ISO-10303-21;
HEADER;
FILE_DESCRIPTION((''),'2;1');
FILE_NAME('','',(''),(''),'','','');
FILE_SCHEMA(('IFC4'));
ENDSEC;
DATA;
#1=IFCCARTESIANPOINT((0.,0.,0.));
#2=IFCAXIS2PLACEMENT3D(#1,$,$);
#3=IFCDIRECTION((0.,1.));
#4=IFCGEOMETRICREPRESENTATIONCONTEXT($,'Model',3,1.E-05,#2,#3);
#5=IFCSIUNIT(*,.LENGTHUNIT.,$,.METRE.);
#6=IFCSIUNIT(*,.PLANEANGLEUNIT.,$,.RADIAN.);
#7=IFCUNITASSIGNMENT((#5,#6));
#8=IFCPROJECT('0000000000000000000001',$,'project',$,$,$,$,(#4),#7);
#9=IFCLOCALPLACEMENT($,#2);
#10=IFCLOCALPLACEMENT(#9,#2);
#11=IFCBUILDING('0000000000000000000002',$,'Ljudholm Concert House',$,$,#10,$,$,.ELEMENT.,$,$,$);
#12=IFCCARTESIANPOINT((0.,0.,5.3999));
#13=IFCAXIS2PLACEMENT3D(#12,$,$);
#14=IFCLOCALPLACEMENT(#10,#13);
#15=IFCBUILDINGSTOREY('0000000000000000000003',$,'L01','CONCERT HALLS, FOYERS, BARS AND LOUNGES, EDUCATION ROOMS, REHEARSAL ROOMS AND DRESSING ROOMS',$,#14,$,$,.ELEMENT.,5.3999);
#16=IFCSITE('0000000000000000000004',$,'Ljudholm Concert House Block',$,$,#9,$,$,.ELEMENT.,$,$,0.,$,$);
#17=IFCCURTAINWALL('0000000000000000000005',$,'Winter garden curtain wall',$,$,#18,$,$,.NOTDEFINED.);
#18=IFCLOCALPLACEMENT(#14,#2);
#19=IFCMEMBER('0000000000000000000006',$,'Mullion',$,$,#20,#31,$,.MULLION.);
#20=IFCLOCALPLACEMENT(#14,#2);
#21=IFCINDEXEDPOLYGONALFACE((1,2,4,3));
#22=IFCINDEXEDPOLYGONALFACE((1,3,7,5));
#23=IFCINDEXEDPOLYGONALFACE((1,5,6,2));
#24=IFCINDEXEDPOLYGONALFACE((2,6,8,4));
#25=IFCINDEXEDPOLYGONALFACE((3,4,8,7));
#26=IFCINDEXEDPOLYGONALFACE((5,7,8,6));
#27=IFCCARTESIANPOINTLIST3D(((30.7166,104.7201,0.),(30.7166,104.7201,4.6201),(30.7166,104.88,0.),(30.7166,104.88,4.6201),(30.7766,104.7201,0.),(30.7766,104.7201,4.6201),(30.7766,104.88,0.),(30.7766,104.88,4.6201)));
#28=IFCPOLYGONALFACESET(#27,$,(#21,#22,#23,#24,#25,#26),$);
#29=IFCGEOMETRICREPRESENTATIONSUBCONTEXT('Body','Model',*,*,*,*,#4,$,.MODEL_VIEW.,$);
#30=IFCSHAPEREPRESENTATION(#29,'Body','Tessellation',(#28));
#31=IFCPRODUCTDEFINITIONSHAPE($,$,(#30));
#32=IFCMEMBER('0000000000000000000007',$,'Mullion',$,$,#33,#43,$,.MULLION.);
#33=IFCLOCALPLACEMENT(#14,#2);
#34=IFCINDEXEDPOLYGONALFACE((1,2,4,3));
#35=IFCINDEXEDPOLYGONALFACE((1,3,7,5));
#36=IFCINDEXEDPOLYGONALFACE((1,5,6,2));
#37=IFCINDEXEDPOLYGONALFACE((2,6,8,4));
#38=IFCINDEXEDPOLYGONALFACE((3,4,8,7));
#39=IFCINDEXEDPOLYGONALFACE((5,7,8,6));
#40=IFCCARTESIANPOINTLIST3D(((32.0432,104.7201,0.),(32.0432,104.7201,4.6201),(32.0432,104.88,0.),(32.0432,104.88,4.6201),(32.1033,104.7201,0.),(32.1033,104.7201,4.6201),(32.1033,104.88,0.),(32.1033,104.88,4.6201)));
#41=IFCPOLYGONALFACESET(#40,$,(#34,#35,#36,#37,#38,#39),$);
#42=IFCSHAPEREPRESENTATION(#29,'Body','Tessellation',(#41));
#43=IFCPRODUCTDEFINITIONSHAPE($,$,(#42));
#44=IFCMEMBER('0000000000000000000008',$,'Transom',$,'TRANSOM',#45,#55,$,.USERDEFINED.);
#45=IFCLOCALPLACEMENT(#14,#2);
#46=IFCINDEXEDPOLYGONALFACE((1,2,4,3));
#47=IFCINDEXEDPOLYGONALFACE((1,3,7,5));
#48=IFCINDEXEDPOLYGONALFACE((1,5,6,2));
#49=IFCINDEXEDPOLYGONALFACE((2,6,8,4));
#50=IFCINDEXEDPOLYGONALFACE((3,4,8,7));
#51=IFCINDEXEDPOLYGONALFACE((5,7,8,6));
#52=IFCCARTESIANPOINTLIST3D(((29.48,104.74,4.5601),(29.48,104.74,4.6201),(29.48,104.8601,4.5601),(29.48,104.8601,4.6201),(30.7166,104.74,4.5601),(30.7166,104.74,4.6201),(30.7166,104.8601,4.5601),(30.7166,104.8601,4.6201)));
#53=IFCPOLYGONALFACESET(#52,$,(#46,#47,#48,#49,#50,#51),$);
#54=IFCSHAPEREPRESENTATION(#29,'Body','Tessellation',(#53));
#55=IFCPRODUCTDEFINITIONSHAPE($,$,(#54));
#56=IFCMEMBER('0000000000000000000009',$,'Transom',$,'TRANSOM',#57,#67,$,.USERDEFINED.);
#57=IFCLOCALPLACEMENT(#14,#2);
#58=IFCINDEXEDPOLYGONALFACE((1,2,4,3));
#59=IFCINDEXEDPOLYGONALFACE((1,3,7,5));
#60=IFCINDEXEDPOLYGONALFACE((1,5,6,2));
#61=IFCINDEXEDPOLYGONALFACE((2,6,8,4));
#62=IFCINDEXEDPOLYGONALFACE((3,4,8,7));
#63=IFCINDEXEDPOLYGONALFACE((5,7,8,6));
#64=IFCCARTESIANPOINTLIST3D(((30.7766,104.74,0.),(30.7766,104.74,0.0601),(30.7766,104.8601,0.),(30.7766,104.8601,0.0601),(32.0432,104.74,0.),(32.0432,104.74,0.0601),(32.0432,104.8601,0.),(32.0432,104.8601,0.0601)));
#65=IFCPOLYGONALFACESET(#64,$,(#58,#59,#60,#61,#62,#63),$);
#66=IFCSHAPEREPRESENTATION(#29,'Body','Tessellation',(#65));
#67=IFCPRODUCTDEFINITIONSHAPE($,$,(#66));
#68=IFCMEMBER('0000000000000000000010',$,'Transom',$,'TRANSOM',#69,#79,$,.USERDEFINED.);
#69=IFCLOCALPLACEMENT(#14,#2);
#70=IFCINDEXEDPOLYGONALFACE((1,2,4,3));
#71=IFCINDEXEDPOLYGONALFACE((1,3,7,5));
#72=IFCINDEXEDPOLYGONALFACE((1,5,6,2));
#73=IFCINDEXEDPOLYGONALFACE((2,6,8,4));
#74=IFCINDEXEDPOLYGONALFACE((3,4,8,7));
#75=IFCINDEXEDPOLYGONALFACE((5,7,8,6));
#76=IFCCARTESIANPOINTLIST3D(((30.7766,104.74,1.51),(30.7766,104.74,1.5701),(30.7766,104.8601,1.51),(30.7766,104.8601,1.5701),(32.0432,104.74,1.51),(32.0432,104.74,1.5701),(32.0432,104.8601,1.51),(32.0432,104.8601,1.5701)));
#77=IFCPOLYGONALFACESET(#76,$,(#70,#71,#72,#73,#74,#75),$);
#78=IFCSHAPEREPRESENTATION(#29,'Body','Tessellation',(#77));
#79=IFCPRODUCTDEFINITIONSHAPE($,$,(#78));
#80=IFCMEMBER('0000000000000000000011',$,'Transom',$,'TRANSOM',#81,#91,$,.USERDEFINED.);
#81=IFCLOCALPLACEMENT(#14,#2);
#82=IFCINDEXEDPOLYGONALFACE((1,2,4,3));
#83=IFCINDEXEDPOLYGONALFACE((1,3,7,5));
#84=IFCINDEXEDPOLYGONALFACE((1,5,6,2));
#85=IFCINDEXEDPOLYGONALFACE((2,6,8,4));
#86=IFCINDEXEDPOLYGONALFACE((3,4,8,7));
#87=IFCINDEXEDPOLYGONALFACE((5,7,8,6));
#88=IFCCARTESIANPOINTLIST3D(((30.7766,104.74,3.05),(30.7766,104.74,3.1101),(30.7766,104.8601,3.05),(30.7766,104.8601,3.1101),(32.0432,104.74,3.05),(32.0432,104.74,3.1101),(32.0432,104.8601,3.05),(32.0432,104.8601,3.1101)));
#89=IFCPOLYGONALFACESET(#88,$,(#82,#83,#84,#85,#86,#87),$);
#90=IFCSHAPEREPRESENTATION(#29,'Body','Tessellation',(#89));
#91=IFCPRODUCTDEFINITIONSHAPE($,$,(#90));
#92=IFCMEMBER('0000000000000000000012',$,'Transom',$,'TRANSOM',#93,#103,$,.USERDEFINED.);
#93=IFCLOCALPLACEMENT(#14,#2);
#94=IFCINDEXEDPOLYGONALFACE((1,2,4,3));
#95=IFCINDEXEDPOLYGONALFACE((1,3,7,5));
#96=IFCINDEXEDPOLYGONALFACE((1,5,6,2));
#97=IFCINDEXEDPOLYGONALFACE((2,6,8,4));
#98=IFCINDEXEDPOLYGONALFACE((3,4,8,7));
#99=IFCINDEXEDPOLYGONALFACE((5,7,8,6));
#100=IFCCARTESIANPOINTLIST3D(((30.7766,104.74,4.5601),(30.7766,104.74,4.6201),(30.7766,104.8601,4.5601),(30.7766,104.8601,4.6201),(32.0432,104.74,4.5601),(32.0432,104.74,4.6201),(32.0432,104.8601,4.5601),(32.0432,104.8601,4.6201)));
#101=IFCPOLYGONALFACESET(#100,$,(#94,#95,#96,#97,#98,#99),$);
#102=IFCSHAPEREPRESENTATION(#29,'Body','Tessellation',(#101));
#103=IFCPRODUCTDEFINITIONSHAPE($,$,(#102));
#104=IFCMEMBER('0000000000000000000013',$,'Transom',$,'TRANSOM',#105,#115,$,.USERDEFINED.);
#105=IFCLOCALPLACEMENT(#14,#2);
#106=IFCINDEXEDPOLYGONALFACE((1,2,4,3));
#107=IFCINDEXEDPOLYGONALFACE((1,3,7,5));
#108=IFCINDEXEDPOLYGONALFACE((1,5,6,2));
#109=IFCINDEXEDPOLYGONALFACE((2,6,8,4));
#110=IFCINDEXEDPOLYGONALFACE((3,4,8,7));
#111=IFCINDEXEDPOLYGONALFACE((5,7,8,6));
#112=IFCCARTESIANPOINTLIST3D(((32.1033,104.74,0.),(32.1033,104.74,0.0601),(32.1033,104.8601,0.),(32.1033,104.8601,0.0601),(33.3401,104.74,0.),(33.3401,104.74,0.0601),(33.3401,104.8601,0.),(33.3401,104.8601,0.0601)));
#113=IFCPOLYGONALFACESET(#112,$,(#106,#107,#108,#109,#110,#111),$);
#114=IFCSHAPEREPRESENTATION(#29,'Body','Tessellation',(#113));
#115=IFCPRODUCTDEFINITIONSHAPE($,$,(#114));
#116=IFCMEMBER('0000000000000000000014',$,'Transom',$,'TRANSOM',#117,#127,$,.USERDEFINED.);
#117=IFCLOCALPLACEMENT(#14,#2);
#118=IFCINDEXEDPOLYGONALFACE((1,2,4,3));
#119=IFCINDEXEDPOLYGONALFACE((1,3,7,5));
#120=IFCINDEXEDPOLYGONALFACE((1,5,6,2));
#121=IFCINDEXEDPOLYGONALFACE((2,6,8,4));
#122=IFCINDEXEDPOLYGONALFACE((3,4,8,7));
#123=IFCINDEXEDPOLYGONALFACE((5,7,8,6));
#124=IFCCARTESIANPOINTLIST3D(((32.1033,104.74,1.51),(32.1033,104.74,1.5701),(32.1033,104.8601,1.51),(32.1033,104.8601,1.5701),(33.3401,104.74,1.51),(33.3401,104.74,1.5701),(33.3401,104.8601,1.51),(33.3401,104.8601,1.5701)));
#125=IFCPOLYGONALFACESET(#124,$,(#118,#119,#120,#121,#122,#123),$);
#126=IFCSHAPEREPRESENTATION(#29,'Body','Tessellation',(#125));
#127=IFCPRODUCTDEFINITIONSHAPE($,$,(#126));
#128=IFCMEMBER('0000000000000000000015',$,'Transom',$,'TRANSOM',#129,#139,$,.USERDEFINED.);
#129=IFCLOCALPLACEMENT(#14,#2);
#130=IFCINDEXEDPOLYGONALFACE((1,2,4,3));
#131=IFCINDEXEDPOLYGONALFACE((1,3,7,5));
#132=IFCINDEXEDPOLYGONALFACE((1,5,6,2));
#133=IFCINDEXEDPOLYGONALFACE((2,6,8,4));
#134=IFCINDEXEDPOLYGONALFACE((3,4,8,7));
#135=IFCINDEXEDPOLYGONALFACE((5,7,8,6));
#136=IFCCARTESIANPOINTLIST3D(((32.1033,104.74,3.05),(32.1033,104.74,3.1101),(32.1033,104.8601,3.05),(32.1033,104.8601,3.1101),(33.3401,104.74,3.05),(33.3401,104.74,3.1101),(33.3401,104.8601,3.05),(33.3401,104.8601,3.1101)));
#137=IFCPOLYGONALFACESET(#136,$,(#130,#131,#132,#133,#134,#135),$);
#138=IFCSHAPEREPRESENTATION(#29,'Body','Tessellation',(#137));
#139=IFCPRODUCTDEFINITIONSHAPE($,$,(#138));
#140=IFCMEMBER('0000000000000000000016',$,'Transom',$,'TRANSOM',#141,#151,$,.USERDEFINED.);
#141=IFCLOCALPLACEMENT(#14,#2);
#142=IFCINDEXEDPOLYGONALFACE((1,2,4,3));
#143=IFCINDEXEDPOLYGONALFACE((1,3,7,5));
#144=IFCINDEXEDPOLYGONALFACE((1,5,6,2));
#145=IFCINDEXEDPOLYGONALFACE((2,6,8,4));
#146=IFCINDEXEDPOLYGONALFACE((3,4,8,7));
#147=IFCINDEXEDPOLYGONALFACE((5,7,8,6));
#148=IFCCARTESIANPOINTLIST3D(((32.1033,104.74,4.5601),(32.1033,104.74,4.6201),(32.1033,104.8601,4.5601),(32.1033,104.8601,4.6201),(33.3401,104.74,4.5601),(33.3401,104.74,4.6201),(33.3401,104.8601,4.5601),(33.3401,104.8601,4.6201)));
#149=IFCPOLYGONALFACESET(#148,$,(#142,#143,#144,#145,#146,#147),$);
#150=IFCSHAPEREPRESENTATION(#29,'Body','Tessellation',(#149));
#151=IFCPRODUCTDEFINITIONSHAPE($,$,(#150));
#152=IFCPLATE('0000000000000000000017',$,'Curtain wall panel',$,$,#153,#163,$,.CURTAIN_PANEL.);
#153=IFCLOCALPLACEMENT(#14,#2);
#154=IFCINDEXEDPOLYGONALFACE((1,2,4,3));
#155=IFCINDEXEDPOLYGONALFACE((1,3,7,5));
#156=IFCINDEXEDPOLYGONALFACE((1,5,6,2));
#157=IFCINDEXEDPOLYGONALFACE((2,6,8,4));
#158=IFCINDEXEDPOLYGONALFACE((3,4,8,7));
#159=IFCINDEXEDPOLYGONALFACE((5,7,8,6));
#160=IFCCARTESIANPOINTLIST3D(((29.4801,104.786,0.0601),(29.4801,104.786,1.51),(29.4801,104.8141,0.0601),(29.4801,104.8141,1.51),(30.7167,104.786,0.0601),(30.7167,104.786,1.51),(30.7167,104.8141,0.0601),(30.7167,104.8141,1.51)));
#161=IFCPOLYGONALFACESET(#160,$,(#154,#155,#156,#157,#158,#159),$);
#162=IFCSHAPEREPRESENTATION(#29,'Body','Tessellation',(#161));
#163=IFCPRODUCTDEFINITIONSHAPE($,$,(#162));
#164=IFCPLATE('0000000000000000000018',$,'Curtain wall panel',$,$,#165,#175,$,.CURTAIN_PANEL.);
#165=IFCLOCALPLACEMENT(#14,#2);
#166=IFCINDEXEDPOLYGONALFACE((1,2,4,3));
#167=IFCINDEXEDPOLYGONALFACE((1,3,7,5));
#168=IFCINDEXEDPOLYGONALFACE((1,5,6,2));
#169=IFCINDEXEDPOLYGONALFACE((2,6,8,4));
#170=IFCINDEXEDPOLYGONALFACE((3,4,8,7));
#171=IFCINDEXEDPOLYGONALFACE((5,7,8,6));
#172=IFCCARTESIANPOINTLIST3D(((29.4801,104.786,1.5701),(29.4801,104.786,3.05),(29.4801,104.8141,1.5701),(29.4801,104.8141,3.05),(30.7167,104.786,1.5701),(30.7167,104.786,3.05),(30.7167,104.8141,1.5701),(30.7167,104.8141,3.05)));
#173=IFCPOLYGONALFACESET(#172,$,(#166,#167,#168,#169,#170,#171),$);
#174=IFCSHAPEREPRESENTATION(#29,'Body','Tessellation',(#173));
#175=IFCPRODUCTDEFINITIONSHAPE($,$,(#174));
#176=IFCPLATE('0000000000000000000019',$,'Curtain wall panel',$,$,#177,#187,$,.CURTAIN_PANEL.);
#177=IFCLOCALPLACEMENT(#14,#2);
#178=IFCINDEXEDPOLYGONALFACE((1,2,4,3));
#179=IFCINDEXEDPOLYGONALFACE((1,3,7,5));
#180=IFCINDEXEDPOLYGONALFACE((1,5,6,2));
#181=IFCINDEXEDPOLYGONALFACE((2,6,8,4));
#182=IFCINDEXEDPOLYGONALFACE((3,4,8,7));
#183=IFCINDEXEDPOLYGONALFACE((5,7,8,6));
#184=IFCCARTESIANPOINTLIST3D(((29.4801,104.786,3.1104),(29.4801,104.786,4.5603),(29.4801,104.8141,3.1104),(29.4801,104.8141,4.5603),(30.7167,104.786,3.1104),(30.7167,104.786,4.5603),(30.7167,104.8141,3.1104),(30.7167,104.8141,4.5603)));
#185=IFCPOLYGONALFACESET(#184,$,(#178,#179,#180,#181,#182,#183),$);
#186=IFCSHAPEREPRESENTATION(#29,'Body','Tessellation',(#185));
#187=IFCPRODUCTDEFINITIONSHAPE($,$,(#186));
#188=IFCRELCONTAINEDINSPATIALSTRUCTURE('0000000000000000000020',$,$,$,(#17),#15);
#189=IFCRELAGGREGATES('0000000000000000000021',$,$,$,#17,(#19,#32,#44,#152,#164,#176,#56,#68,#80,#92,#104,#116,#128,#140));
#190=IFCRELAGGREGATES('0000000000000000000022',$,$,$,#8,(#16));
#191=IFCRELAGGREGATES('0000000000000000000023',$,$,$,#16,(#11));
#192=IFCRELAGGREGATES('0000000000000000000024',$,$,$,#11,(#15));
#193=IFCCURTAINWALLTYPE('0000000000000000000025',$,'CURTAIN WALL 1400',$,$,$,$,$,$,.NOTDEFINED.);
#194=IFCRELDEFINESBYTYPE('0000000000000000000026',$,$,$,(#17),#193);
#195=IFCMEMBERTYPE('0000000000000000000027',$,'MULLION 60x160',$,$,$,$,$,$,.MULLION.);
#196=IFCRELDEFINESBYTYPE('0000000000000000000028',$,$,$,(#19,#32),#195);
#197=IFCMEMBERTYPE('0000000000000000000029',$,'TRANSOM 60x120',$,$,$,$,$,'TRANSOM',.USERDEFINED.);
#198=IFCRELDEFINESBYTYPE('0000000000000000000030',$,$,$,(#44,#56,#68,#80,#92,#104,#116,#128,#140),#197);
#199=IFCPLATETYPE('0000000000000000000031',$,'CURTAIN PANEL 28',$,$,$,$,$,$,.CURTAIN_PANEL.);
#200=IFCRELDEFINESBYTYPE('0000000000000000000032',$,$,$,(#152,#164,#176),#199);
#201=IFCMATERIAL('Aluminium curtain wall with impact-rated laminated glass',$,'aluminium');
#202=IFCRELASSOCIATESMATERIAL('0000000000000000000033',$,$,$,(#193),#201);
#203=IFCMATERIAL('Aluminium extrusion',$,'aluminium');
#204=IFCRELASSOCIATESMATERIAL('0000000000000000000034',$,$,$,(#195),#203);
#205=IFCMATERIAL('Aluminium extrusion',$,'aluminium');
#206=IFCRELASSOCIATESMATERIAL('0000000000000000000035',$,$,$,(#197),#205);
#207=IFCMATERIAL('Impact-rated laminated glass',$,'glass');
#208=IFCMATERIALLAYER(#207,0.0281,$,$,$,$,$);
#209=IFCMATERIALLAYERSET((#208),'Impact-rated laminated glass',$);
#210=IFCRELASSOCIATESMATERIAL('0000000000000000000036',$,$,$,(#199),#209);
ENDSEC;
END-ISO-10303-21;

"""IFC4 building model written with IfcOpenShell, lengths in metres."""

from ifc_helpers import new_model, si_unit, direction, frame, origin, origin_2d, place, context, subcontext, project, spatial, rectangle, extrude, material, layer, layer_set, material_profile, profile_set, type_object, element, aggregate, save


model = new_model("IFC4")

# Units and contexts
model_context = context("Model", 3, precision=1e-05, world=origin(), true_north=direction((0.0, 1.0)))
body_context = subcontext(model_context, "Body", "Model", "MODEL_VIEW")
ifc_project = project(units=[si_unit("LENGTHUNIT", "METRE"), si_unit("PLANEANGLEUNIT", "RADIAN")], contexts=[model_context])

# Site, building, storey
site_placement = place(None, origin())
site = spatial("IfcSite", under=ifc_project, at=site_placement, Name="Ljudholm Concert House Block", CompositionType="ELEMENT", RefElevation=0.0)
building_placement = place(site_placement, origin())
building = spatial("IfcBuilding", under=site, at=building_placement, Name="Ljudholm Concert House", CompositionType="ELEMENT")
storey_placement = place(building_placement, frame((0.0, 0.0, 5.3999)))
storey = spatial("IfcBuildingStorey", under=building, at=storey_placement, Name="L01", Description="CONCERT HALLS, FOYERS, BARS AND LOUNGES, EDUCATION ROOMS, REHEARSAL ROOMS AND DRESSING ROOMS", CompositionType="ELEMENT", Elevation=5.3999)

# Curtain wall, members, plates
ifc_material_1 = material(Name="Aluminium curtain wall with impact-rated laminated glass", Category="aluminium")
curtain_wall_type = type_object("IfcCurtainWallType", Name="CURTAIN WALL 1400", PredefinedType="NOTDEFINED", material=ifc_material_1)
curtain_wall_placement = place(storey_placement, origin())
curtain_wall = element("IfcCurtainWall", 1, at=curtain_wall_placement, inside=storey, type_object=curtain_wall_type, Name="Winter garden curtain wall", PredefinedType="NOTDEFINED")
ifc_material_2 = material(Name="Aluminium extrusion", Category="aluminium")
ifc_material_profile_1 = material_profile(ifc_material_2, rectangle(XDim=0.1599, YDim=0.0601, at=origin_2d()), Name="MULLION 60x160")
ifc_profile_set_1 = profile_set([ifc_material_profile_1], Name="Aluminium extrusion")
member_type_1 = type_object("IfcMemberType", Name="MULLION 60x160", PredefinedType="MULLION", material=ifc_profile_set_1)
member_1_placement = place(storey_placement, frame((30.7466, 104.8, 0.0), z_axis=(0.0, 0.0, 1.0), x_axis=(0.0, 1.0, 0.0)))
member_1 = element("IfcMember", 2, at=member_1_placement, type_object=member_type_1, Name="Mullion", PredefinedType="MULLION", context=body_context, shape_type="SweptSolid", body=[
    extrude(rectangle(XDim=0.1599, YDim=0.0601, at=origin_2d()), origin(), (0.0, 0.0, 1.0), 4.6201),
])
member_2_placement = place(storey_placement, frame((32.0732, 104.8, 0.0), z_axis=(0.0, 0.0, 1.0), x_axis=(0.0, 1.0, 0.0)))
member_2 = element("IfcMember", 3, at=member_2_placement, type_object=member_type_1, Name="Mullion", PredefinedType="MULLION", context=body_context, shape_type="SweptSolid", body=[
    extrude(rectangle(XDim=0.1599, YDim=0.0601, at=origin_2d()), origin(), (0.0, 0.0, 1.0), 4.6201),
])
ifc_material_3 = material(Name="Aluminium extrusion", Category="aluminium")
ifc_material_profile_2 = material_profile(ifc_material_3, rectangle(XDim=0.1201, YDim=0.0601, at=origin_2d()), Name="TRANSOM 60x120")
ifc_profile_set_2 = profile_set([ifc_material_profile_2], Name="Aluminium extrusion")
member_type_2 = type_object("IfcMemberType", Name="TRANSOM 60x120", ElementType="TRANSOM", PredefinedType="USERDEFINED", material=ifc_profile_set_2)
member_3_placement = place(storey_placement, frame((29.48, 104.8, 4.5901), z_axis=(1.0, 0.0, 0.0), x_axis=(0.0, 1.0, 0.0)))
member_3 = element("IfcMember", 4, at=member_3_placement, type_object=member_type_2, Name="Transom", ObjectType="TRANSOM", PredefinedType="USERDEFINED", context=body_context, shape_type="SweptSolid", body=[
    extrude(rectangle(XDim=0.1201, YDim=0.0601, at=origin_2d()), origin(), (0.0, 0.0, 1.0), 1.2366),
])
member_4_placement = place(storey_placement, frame((30.7766, 104.8, 0.03), z_axis=(1.0, 0.0, 0.0), x_axis=(0.0, 1.0, 0.0)))
member_4 = element("IfcMember", 5, at=member_4_placement, type_object=member_type_2, Name="Transom", ObjectType="TRANSOM", PredefinedType="USERDEFINED", context=body_context, shape_type="SweptSolid", body=[
    extrude(rectangle(XDim=0.1201, YDim=0.0601, at=origin_2d()), origin(), (0.0, 0.0, 1.0), 1.2666),
])
member_5_placement = place(storey_placement, frame((30.7766, 104.8, 1.54), z_axis=(1.0, 0.0, 0.0), x_axis=(0.0, 1.0, 0.0)))
member_5 = element("IfcMember", 6, at=member_5_placement, type_object=member_type_2, Name="Transom", ObjectType="TRANSOM", PredefinedType="USERDEFINED", context=body_context, shape_type="SweptSolid", body=[
    extrude(rectangle(XDim=0.1201, YDim=0.0601, at=origin_2d()), origin(), (0.0, 0.0, 1.0), 1.2666),
])
member_6_placement = place(storey_placement, frame((30.7766, 104.8, 3.0801), z_axis=(1.0, 0.0, 0.0), x_axis=(0.0, 1.0, 0.0)))
member_6 = element("IfcMember", 7, at=member_6_placement, type_object=member_type_2, Name="Transom", ObjectType="TRANSOM", PredefinedType="USERDEFINED", context=body_context, shape_type="SweptSolid", body=[
    extrude(rectangle(XDim=0.1201, YDim=0.0601, at=origin_2d()), origin(), (0.0, 0.0, 1.0), 1.2666),
])
member_7_placement = place(storey_placement, frame((30.7766, 104.8, 4.5901), z_axis=(1.0, 0.0, 0.0), x_axis=(0.0, 1.0, 0.0)))
member_7 = element("IfcMember", 8, at=member_7_placement, type_object=member_type_2, Name="Transom", ObjectType="TRANSOM", PredefinedType="USERDEFINED", context=body_context, shape_type="SweptSolid", body=[
    extrude(rectangle(XDim=0.1201, YDim=0.0601, at=origin_2d()), origin(), (0.0, 0.0, 1.0), 1.2666),
])
member_8_placement = place(storey_placement, frame((32.1033, 104.8, 0.03), z_axis=(1.0, 0.0, 0.0), x_axis=(0.0, 1.0, 0.0)))
member_8 = element("IfcMember", 9, at=member_8_placement, type_object=member_type_2, Name="Transom", ObjectType="TRANSOM", PredefinedType="USERDEFINED", context=body_context, shape_type="SweptSolid", body=[
    extrude(rectangle(XDim=0.1201, YDim=0.0601, at=origin_2d()), origin(), (0.0, 0.0, 1.0), 1.2368),
])
member_9_placement = place(storey_placement, frame((32.1033, 104.8, 1.54), z_axis=(1.0, 0.0, 0.0), x_axis=(0.0, 1.0, 0.0)))
member_9 = element("IfcMember", 10, at=member_9_placement, type_object=member_type_2, Name="Transom", ObjectType="TRANSOM", PredefinedType="USERDEFINED", context=body_context, shape_type="SweptSolid", body=[
    extrude(rectangle(XDim=0.1201, YDim=0.0601, at=origin_2d()), origin(), (0.0, 0.0, 1.0), 1.2368),
])
member_10_placement = place(storey_placement, frame((32.1033, 104.8, 3.0801), z_axis=(1.0, 0.0, 0.0), x_axis=(0.0, 1.0, 0.0)))
member_10 = element("IfcMember", 11, at=member_10_placement, type_object=member_type_2, Name="Transom", ObjectType="TRANSOM", PredefinedType="USERDEFINED", context=body_context, shape_type="SweptSolid", body=[
    extrude(rectangle(XDim=0.1201, YDim=0.0601, at=origin_2d()), origin(), (0.0, 0.0, 1.0), 1.2368),
])
member_11_placement = place(storey_placement, frame((32.1033, 104.8, 4.5901), z_axis=(1.0, 0.0, 0.0), x_axis=(0.0, 1.0, 0.0)))
member_11 = element("IfcMember", 12, at=member_11_placement, type_object=member_type_2, Name="Transom", ObjectType="TRANSOM", PredefinedType="USERDEFINED", context=body_context, shape_type="SweptSolid", body=[
    extrude(rectangle(XDim=0.1201, YDim=0.0601, at=origin_2d()), origin(), (0.0, 0.0, 1.0), 1.2368),
])
ifc_material_4 = material(Name="Impact-rated laminated glass", Category="glass")
ifc_layer = layer(ifc_material_4, 0.0281)
ifc_layer_set = layer_set([ifc_layer], Name="Impact-rated laminated glass")
plate_type = type_object("IfcPlateType", Name="CURTAIN PANEL 28", PredefinedType="CURTAIN_PANEL", material=ifc_layer_set)
plate_1_placement = place(storey_placement, frame((30.0984, 104.8, 0.0601), z_axis=(0.0, 0.0, 1.0), x_axis=(1.0, 0.0, 0.0)))
plate_1 = element("IfcPlate", 13, at=plate_1_placement, type_object=plate_type, Name="Curtain wall panel", PredefinedType="CURTAIN_PANEL", context=body_context, shape_type="SweptSolid", body=[
    extrude(rectangle(XDim=1.2366, YDim=0.0281, at=origin_2d()), origin(), (0.0, 0.0, 1.0), 1.45),
])
plate_2_placement = place(storey_placement, frame((30.0984, 104.8, 1.5701), z_axis=(0.0, 0.0, 1.0), x_axis=(1.0, 0.0, 0.0)))
plate_2 = element("IfcPlate", 14, at=plate_2_placement, type_object=plate_type, Name="Curtain wall panel", PredefinedType="CURTAIN_PANEL", context=body_context, shape_type="SweptSolid", body=[
    extrude(rectangle(XDim=1.2366, YDim=0.0281, at=origin_2d()), origin(), (0.0, 0.0, 1.0), 1.48),
])
plate_3_placement = place(storey_placement, frame((30.0984, 104.8, 3.1104), z_axis=(0.0, 0.0, 1.0), x_axis=(1.0, 0.0, 0.0)))
plate_3 = element("IfcPlate", 15, at=plate_3_placement, type_object=plate_type, Name="Curtain wall panel", PredefinedType="CURTAIN_PANEL", context=body_context, shape_type="SweptSolid", body=[
    extrude(rectangle(XDim=1.2366, YDim=0.0281, at=origin_2d()), origin(), (0.0, 0.0, 1.0), 1.45),
])
aggregate(curtain_wall, [member_1, member_2, member_3, plate_1, plate_2, plate_3, member_4, member_5, member_6, member_7, member_8, member_9, member_10, member_11])

save(model, "model.ifc")
